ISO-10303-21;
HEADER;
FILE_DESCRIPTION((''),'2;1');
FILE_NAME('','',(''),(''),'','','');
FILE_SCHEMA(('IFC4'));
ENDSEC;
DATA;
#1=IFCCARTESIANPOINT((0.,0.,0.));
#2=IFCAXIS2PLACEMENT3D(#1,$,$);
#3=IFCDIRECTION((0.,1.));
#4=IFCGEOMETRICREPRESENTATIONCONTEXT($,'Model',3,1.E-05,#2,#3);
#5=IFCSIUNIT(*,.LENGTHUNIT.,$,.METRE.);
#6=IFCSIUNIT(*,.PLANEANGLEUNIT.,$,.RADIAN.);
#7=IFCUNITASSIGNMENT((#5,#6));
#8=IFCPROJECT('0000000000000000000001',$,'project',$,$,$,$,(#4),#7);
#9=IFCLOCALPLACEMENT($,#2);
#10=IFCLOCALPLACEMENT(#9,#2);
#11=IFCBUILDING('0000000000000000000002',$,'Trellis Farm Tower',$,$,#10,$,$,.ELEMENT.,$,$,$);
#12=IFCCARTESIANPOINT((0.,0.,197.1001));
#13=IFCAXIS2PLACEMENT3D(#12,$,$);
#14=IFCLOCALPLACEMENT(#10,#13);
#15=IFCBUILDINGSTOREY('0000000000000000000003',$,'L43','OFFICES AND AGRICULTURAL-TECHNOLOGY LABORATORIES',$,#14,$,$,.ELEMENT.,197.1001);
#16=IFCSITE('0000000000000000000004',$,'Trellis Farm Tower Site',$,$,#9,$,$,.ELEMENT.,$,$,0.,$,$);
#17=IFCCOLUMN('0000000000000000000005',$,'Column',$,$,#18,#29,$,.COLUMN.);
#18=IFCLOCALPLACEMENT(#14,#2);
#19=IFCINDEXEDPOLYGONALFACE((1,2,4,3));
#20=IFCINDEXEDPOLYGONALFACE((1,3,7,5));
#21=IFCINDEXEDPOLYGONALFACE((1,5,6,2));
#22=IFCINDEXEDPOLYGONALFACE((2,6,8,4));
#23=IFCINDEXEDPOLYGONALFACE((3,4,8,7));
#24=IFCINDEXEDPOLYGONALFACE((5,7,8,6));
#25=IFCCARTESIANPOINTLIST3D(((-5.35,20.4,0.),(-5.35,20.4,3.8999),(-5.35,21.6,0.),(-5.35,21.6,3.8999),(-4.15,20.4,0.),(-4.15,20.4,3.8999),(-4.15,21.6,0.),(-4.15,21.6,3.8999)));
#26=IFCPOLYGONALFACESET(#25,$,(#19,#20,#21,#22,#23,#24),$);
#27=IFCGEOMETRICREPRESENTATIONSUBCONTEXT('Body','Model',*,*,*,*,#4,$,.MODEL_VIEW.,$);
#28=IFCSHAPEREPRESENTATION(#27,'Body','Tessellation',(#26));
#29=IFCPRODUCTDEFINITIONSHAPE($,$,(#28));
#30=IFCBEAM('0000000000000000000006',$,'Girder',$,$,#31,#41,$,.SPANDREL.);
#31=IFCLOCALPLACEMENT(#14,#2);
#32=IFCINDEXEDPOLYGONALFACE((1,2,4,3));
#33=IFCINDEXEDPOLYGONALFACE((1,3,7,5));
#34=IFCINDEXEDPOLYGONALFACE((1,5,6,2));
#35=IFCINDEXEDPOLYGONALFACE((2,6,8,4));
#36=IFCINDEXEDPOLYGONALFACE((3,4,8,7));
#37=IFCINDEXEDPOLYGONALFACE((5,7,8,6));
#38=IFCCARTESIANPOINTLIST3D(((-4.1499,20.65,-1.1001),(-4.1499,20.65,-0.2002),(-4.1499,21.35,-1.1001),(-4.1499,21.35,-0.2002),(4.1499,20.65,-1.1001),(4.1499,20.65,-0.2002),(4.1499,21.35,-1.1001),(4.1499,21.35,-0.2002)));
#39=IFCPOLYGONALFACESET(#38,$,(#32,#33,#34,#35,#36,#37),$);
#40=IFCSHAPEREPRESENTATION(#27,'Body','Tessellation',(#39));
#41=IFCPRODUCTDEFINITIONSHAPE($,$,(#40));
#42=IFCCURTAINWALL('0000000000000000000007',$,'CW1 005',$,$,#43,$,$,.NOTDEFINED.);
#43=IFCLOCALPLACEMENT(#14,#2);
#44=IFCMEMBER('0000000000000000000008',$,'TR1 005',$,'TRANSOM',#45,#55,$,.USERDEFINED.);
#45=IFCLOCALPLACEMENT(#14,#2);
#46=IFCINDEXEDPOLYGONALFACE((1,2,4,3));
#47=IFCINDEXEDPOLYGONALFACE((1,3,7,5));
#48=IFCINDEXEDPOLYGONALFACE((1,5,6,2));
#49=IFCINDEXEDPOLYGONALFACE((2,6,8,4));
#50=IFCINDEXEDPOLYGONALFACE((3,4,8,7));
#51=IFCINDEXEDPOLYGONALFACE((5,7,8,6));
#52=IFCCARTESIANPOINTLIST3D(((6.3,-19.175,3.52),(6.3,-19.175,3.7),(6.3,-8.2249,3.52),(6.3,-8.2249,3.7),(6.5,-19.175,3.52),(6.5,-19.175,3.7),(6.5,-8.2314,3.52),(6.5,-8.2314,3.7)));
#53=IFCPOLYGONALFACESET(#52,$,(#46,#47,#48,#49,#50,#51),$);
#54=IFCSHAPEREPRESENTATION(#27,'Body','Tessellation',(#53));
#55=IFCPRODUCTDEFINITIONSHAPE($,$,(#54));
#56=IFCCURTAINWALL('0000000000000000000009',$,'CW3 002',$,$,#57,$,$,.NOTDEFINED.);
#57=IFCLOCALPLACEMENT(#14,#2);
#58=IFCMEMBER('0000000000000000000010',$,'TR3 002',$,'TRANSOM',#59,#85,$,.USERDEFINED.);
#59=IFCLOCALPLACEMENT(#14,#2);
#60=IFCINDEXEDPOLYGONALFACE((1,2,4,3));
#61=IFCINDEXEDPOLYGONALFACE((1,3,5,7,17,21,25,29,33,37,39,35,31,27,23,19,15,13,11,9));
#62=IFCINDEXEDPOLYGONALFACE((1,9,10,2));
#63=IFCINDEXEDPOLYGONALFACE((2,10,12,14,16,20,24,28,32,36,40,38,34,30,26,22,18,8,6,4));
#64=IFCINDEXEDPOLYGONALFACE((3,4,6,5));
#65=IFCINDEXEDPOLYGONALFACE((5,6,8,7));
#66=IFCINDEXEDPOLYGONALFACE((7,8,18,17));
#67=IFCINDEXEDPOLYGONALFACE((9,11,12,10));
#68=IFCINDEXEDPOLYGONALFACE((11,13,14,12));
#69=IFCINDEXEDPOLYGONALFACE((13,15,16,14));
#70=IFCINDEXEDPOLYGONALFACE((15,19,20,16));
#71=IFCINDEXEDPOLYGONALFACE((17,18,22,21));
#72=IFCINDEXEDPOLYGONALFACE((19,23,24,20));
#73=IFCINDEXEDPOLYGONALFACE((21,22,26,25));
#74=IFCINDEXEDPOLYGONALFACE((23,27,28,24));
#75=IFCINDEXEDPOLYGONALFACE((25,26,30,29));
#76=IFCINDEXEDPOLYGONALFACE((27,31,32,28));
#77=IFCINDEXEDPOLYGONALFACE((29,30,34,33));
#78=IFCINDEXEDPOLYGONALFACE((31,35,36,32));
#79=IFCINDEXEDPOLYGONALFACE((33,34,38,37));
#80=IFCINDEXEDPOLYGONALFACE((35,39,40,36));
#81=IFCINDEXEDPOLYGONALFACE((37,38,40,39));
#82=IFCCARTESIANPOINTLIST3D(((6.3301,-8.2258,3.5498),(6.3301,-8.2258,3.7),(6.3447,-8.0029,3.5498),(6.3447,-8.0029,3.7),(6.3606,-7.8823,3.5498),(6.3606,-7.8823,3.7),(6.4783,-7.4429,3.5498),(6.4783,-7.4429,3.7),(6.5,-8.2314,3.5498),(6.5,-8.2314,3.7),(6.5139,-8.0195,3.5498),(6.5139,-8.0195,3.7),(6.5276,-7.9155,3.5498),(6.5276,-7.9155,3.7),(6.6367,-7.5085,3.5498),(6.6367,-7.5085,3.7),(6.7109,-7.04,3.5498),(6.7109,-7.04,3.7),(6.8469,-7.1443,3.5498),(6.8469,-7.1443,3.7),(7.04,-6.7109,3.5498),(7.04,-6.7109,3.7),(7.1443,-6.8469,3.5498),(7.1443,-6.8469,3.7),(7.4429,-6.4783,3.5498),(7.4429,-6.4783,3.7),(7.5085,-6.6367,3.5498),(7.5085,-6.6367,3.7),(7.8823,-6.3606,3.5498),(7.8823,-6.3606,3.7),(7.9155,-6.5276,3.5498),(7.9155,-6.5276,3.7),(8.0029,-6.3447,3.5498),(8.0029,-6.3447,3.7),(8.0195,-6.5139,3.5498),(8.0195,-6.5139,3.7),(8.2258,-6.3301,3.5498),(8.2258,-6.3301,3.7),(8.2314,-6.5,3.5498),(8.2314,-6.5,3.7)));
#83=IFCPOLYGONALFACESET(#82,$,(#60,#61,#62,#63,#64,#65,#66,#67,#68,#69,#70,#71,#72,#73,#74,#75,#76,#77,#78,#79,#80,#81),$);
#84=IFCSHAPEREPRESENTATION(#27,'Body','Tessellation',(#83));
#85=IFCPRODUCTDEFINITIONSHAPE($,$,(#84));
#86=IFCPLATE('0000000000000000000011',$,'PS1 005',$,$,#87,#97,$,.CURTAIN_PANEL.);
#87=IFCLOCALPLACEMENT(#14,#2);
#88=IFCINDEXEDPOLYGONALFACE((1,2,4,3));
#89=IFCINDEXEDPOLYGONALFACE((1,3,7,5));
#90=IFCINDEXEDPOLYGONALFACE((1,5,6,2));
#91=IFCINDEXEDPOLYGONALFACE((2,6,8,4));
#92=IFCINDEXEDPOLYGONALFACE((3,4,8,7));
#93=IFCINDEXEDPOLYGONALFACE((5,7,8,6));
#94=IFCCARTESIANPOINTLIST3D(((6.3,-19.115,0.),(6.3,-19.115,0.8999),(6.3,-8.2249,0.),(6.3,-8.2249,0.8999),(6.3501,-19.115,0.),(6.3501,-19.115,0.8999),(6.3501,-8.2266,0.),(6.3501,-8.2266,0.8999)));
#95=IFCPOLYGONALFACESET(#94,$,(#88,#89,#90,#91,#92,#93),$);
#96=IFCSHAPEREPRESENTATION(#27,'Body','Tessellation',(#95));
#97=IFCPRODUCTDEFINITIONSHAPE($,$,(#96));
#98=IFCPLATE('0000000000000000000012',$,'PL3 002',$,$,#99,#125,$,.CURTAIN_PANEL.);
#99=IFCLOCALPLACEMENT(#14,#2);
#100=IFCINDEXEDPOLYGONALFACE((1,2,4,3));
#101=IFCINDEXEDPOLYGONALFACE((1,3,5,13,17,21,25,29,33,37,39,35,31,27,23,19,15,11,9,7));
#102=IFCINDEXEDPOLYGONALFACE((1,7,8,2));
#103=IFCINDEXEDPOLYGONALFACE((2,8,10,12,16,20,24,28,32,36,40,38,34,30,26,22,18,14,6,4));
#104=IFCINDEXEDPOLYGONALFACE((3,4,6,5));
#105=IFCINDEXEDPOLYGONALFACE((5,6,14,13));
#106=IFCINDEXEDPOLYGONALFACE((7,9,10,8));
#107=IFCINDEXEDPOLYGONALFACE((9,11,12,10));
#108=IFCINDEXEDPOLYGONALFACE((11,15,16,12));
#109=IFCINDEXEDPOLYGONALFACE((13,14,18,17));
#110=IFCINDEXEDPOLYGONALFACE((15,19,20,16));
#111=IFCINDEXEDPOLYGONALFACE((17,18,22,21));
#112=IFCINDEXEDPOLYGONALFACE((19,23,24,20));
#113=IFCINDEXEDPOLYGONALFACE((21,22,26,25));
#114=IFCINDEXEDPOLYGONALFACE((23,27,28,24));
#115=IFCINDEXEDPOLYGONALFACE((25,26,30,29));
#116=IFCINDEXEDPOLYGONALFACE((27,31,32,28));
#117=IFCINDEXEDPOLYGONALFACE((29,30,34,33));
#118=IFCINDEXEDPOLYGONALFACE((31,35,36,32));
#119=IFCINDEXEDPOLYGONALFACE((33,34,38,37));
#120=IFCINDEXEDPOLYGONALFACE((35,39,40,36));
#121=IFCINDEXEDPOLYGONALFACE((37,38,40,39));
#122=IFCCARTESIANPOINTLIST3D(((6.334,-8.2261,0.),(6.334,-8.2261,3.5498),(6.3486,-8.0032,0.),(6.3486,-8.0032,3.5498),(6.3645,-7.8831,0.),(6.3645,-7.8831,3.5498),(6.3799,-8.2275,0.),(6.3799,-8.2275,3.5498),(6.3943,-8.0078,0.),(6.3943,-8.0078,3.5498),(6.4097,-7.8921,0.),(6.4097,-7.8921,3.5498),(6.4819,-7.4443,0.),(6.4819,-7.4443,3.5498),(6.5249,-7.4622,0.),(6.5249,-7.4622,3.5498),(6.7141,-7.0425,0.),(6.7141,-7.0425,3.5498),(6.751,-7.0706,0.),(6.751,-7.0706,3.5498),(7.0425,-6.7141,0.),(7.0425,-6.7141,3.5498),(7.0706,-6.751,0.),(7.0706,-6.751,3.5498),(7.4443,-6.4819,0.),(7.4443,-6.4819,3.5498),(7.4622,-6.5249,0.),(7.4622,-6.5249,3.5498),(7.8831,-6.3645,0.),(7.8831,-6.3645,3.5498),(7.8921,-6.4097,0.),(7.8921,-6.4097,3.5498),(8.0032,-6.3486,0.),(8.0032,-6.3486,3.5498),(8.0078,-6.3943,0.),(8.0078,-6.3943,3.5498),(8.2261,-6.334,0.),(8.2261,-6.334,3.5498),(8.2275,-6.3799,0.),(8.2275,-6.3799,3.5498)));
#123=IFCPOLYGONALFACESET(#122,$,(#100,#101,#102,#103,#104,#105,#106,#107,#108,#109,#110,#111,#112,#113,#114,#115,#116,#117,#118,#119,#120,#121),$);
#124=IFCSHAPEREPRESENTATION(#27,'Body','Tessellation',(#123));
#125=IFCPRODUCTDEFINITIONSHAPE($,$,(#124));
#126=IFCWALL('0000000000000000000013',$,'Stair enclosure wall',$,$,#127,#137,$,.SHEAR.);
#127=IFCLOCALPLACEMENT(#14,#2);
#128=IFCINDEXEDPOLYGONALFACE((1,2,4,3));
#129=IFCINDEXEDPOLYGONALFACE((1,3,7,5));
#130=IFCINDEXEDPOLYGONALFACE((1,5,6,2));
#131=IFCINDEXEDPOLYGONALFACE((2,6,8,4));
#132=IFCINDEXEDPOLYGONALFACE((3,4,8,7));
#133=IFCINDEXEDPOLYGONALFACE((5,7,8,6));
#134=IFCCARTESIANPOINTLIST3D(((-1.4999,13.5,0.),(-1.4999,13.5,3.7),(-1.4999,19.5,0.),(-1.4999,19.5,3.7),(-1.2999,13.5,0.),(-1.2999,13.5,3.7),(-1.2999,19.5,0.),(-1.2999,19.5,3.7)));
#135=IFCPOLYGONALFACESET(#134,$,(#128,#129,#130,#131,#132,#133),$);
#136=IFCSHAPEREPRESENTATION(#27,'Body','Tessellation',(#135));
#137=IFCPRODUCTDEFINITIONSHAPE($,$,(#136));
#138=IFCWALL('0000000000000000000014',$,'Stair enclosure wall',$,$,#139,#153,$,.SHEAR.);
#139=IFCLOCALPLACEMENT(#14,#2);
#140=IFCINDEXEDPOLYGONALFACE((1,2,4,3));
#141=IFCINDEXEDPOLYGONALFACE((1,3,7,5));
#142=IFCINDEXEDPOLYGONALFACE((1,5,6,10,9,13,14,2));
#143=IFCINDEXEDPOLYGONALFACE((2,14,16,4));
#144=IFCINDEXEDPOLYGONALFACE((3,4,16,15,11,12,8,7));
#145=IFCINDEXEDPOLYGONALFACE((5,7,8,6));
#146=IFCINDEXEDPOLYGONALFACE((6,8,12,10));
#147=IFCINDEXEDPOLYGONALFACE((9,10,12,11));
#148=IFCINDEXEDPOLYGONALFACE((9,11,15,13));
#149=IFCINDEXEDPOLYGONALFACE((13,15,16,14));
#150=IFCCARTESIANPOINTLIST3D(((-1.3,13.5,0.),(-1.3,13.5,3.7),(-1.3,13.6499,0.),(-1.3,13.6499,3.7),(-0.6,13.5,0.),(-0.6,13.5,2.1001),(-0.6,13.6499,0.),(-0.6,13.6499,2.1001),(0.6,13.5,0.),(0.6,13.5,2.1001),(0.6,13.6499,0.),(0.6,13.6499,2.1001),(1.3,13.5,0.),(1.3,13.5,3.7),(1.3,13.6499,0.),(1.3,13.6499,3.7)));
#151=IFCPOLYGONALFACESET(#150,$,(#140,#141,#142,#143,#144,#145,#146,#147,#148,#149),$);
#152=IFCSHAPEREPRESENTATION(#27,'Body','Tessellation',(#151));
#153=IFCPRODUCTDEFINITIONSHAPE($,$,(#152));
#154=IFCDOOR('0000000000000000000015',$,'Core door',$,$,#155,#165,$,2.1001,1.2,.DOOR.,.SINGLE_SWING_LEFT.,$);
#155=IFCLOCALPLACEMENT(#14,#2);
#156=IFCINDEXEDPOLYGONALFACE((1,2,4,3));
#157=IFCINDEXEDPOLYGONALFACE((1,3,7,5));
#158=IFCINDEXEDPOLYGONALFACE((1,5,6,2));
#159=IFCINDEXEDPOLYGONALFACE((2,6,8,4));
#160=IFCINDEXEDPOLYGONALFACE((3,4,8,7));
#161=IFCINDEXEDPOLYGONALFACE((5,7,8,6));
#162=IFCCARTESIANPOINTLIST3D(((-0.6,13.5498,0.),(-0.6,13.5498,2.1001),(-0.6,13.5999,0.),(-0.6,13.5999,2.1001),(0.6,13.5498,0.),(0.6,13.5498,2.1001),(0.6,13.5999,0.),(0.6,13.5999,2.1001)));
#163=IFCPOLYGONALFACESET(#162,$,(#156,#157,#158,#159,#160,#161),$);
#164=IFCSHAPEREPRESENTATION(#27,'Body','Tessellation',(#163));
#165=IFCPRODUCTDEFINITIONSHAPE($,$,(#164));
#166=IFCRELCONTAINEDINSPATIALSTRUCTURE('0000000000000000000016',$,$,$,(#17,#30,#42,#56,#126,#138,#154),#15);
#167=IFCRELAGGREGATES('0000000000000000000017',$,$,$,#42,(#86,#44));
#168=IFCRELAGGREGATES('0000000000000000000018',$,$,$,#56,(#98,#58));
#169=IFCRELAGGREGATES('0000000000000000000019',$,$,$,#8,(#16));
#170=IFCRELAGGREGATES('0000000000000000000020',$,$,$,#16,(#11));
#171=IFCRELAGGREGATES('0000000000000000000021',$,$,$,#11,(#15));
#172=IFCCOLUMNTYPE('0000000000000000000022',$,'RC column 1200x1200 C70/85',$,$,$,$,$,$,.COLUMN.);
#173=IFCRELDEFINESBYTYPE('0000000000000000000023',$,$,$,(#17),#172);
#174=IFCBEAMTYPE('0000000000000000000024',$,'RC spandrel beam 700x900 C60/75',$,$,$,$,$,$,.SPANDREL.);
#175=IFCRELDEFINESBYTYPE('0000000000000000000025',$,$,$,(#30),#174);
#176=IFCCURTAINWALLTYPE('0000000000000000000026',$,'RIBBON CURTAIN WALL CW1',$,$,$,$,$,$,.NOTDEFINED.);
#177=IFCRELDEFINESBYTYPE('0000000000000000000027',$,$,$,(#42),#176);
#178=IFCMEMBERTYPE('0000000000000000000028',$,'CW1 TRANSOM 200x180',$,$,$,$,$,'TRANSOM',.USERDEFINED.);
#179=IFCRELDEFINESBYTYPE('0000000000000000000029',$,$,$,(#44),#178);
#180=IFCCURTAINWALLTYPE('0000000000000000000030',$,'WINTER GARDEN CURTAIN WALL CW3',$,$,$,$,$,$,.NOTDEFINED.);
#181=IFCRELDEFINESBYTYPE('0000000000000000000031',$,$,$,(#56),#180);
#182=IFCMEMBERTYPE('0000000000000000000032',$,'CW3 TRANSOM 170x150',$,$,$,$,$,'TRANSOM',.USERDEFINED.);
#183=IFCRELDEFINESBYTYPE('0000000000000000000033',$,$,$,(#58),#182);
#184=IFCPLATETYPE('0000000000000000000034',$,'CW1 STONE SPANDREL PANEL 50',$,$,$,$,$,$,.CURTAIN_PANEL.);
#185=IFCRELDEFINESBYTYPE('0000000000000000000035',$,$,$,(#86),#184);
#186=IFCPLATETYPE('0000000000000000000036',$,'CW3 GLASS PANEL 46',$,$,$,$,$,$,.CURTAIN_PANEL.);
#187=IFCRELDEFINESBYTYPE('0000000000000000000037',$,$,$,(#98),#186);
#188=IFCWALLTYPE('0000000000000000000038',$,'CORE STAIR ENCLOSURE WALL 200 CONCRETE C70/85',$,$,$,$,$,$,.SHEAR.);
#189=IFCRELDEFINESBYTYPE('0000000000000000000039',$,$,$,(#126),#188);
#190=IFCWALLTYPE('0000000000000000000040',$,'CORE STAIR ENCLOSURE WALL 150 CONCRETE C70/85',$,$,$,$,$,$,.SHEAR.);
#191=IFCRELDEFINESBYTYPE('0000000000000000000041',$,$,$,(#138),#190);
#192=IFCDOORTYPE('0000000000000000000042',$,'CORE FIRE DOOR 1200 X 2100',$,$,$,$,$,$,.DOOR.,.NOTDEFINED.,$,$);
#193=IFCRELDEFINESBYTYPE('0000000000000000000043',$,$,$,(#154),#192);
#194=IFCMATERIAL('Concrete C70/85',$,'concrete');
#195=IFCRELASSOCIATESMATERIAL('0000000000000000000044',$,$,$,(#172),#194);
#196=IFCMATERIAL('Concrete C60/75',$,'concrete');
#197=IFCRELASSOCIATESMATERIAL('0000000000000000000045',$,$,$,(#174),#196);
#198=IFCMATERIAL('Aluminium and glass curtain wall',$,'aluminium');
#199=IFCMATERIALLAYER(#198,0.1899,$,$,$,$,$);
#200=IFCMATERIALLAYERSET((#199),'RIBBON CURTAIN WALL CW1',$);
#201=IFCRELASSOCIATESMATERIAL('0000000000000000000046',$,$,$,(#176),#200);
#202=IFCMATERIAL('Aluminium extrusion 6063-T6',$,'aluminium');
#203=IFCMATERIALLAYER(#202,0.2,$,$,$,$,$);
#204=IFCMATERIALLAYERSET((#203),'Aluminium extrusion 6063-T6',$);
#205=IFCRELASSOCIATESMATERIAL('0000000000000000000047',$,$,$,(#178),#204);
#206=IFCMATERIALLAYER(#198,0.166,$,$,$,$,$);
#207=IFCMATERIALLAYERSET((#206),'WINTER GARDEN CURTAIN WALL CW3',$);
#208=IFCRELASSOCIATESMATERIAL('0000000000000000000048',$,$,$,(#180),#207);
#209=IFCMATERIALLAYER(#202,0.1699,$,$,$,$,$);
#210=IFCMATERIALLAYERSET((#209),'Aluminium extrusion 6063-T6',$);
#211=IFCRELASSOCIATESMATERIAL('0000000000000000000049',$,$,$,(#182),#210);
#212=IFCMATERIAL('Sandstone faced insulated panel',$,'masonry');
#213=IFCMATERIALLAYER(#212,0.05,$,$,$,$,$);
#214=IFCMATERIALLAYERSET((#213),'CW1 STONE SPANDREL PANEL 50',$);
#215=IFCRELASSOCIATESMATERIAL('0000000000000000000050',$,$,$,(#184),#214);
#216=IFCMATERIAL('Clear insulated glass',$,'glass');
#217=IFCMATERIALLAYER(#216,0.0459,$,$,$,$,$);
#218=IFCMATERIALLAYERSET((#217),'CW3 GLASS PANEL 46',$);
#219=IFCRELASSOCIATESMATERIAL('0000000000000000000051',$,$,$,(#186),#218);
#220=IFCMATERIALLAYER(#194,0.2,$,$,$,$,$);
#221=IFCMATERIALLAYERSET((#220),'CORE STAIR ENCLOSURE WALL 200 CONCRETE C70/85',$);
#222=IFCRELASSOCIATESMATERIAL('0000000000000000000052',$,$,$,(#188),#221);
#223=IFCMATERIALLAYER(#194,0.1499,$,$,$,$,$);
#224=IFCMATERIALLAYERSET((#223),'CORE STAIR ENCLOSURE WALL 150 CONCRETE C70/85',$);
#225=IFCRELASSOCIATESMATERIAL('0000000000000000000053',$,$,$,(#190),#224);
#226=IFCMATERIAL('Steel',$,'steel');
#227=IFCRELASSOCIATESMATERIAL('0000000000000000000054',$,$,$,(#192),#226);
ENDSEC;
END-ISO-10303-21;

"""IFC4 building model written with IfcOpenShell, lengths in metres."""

from ifc_helpers import new_model, si_unit, direction, frame, frame_2d, origin, origin_2d, place, context, subcontext, project, spatial, polyline, rectangle, outline, extrude, source, transform, mapped, material, layer, layer_set, material_profile, profile_set, type_object, element, fill, aggregate, save


model = new_model("IFC4")

# Units and contexts
model_context = context("Model", 3, precision=1e-05, world=origin(), true_north=direction((0.0, 1.0)))
body_context = subcontext(model_context, "Body", "Model", "MODEL_VIEW")
ifc_project = project(units=[si_unit("LENGTHUNIT", "METRE"), si_unit("PLANEANGLEUNIT", "RADIAN")], contexts=[model_context])

# Site, building, storey
site_placement = place(None, origin())
site = spatial("IfcSite", under=ifc_project, at=site_placement, Name="Trellis Farm Tower Site", CompositionType="ELEMENT", RefElevation=0.0)
building_placement = place(site_placement, origin())
building = spatial("IfcBuilding", under=site, at=building_placement, Name="Trellis Farm Tower", CompositionType="ELEMENT")
storey_placement = place(building_placement, frame((0.0, 0.0, 197.1001)))
storey = spatial("IfcBuildingStorey", under=building, at=storey_placement, Name="L43", Description="OFFICES AND AGRICULTURAL-TECHNOLOGY LABORATORIES", CompositionType="ELEMENT", Elevation=197.1001)

# Column
ifc_material_1 = material(Name="Concrete C70/85", Category="concrete")
ifc_material_profile_1 = material_profile(ifc_material_1, rectangle(XDim=1.2, YDim=1.2, at=origin_2d()), Name="RC column 1200x1200 C70/85")
ifc_profile_set_1 = profile_set([ifc_material_profile_1], Name="Concrete C70/85")
column_type = type_object("IfcColumnType", Name="RC column 1200x1200 C70/85", PredefinedType="COLUMN", material=ifc_profile_set_1)
shared_shape_1 = source(origin(), body_context, "Body", "SweptSolid", [
    extrude(rectangle(XDim=1.2, YDim=1.2, at=origin_2d()), origin(), (0.0, 0.0, 1.0), 3.8999),
])
column_placement = place(storey_placement, frame((-4.75, 21.0, 0.0), z_axis=(0.0, 0.0, 1.0), x_axis=(1.0, 0.0, 0.0)))
element("IfcColumn", 1, at=column_placement, inside=storey, type_object=column_type, Name="Column", PredefinedType="COLUMN", context=body_context, shape_type="MappedRepresentation", body=[
    mapped(shared_shape_1, transform((0.0, 0.0, 0.0))),
])

# Beam
ifc_material_2 = material(Name="Concrete C60/75", Category="concrete")
ifc_material_profile_2 = material_profile(ifc_material_2, rectangle(XDim=0.7, YDim=0.8999, at=origin_2d()), Name="RC spandrel beam 700x900 C60/75")
ifc_profile_set_2 = profile_set([ifc_material_profile_2], Name="Concrete C60/75")
beam_type = type_object("IfcBeamType", Name="RC spandrel beam 700x900 C60/75", PredefinedType="SPANDREL", material=ifc_profile_set_2)
shared_shape_2 = source(origin(), body_context, "Body", "SweptSolid", [
    extrude(rectangle(XDim=0.7, YDim=0.8999, at=origin_2d()), origin(), (0.0, 0.0, 1.0), 8.2998),
])
beam_placement = place(storey_placement, frame((-4.1499, 21.0, -0.6501), z_axis=(1.0, 0.0, 0.0), x_axis=(0.0, 1.0, 0.0)))
element("IfcBeam", 2, at=beam_placement, inside=storey, type_object=beam_type, Name="Girder", PredefinedType="SPANDREL", context=body_context, shape_type="MappedRepresentation", body=[
    mapped(shared_shape_2, transform((0.0, 0.0, 0.0))),
])

# Curtain walls, members
ifc_material_3 = material(Name="Aluminium and glass curtain wall", Category="aluminium")
ifc_layer_1 = layer(ifc_material_3, 0.1899)
ifc_layer_set_1 = layer_set([ifc_layer_1], Name="RIBBON CURTAIN WALL CW1")
curtain_wall_type_1 = type_object("IfcCurtainWallType", Name="RIBBON CURTAIN WALL CW1", PredefinedType="NOTDEFINED", material=ifc_layer_set_1)
placement = place(storey_placement, origin())
curtain_wall_1 = element("IfcCurtainWall", 3, at=placement, inside=storey, type_object=curtain_wall_type_1, Name="CW1 005", PredefinedType="NOTDEFINED")
ifc_material_4 = material(Name="Aluminium extrusion 6063-T6", Category="aluminium")
ifc_layer_2 = layer(ifc_material_4, 0.2)
ifc_layer_set_2 = layer_set([ifc_layer_2], Name="Aluminium extrusion 6063-T6")
member_type_1 = type_object("IfcMemberType", Name="CW1 TRANSOM 200x180", ElementType="TRANSOM", PredefinedType="USERDEFINED", material=ifc_layer_set_2)
shared_shape_3 = source(origin(), body_context, "Body", "SweptSolid", [
    extrude(outline(polyline([(6.5, -19.175), (6.5, -8.2314), (6.3, -8.2249), (6.3, -19.175), (6.5, -19.175)])), origin(), (0.0, 0.0, 1.0), 0.1799),
])
member_1_placement = place(storey_placement, frame((0.0, 0.0, 3.52)))
member_1 = element("IfcMember", 4, at=member_1_placement, type_object=member_type_1, Name="TR1 005", ObjectType="TRANSOM", PredefinedType="USERDEFINED", context=body_context, shape_type="MappedRepresentation", body=[
    mapped(shared_shape_3, transform((0.0, 0.0, 0.0))),
])
ifc_layer_3 = layer(ifc_material_3, 0.166)
ifc_layer_set_3 = layer_set([ifc_layer_3], Name="WINTER GARDEN CURTAIN WALL CW3")
curtain_wall_type_2 = type_object("IfcCurtainWallType", Name="WINTER GARDEN CURTAIN WALL CW3", PredefinedType="NOTDEFINED", material=ifc_layer_set_3)
curtain_wall_2 = element("IfcCurtainWall", 5, at=placement, inside=storey, type_object=curtain_wall_type_2, Name="CW3 002", PredefinedType="NOTDEFINED")
ifc_layer_4 = layer(ifc_material_4, 0.1699)
ifc_layer_set_4 = layer_set([ifc_layer_4], Name="Aluminium extrusion 6063-T6")
member_type_2 = type_object("IfcMemberType", Name="CW3 TRANSOM 170x150", ElementType="TRANSOM", PredefinedType="USERDEFINED", material=ifc_layer_set_4)
shared_shape_4 = source(origin(), body_context, "Body", "SweptSolid", [
    extrude(outline(polyline([(6.5, -8.2314), (6.5139, -8.0195), (6.5276, -7.9155), (6.6367, -7.5085), (6.8469, -7.1443), (7.1443, -6.8469), (7.5085, -6.6367), (7.9155, -6.5276), (8.0195, -6.5139), (8.2314, -6.5), (8.2258, -6.3301), (8.0029, -6.3447), (7.8823, -6.3606), (7.4429, -6.4783), (7.04, -6.7109), (6.7109, -7.04), (6.4783, -7.4429), (6.3606, -7.8823), (6.3447, -8.0029), (6.3301, -8.2258), (6.5, -8.2314)])), origin(), (0.0, 0.0, 1.0), 0.1501),
])
member_2_placement = place(storey_placement, frame((0.0, 0.0, 3.5498)))
member_2 = element("IfcMember", 6, at=member_2_placement, type_object=member_type_2, Name="TR3 002", ObjectType="TRANSOM", PredefinedType="USERDEFINED", context=body_context, shape_type="MappedRepresentation", body=[
    mapped(shared_shape_4, transform((0.0, 0.0, 0.0))),
])

# Plates
ifc_material_5 = material(Name="Sandstone faced insulated panel", Category="masonry")
ifc_layer_5 = layer(ifc_material_5, 0.05)
ifc_layer_set_5 = layer_set([ifc_layer_5], Name="CW1 STONE SPANDREL PANEL 50")
plate_type_1 = type_object("IfcPlateType", Name="CW1 STONE SPANDREL PANEL 50", PredefinedType="CURTAIN_PANEL", material=ifc_layer_set_5)
shared_shape_5 = source(origin(), body_context, "Body", "SweptSolid", [
    extrude(outline(polyline([(6.3501, -19.115), (6.3501, -8.2266), (6.3, -8.2249), (6.3, -19.115), (6.3501, -19.115)])), origin(), (0.0, 0.0, 1.0), 0.8999),
])
plate_1 = element("IfcPlate", 7, at=placement, type_object=plate_type_1, Name="PS1 005", PredefinedType="CURTAIN_PANEL", context=body_context, shape_type="MappedRepresentation", body=[
    mapped(shared_shape_5, transform((0.0, 0.0, 0.0))),
])
aggregate(curtain_wall_1, [plate_1, member_1])
ifc_material_6 = material(Name="Clear insulated glass", Category="glass")
ifc_layer_6 = layer(ifc_material_6, 0.0459)
ifc_layer_set_6 = layer_set([ifc_layer_6], Name="CW3 GLASS PANEL 46")
plate_type_2 = type_object("IfcPlateType", Name="CW3 GLASS PANEL 46", PredefinedType="CURTAIN_PANEL", material=ifc_layer_set_6)
shared_shape_6 = source(origin(), body_context, "Body", "SweptSolid", [
    extrude(outline(polyline([(6.3799, -8.2275), (6.3943, -8.0078), (6.4097, -7.8921), (6.5249, -7.4622), (6.751, -7.0706), (7.0706, -6.751), (7.4622, -6.5249), (7.8921, -6.4097), (8.0078, -6.3943), (8.2275, -6.3799), (8.2261, -6.334), (8.0032, -6.3486), (7.8831, -6.3645), (7.4443, -6.4819), (7.0425, -6.7141), (6.7141, -7.0425), (6.4819, -7.4443), (6.3645, -7.8831), (6.3486, -8.0032), (6.334, -8.2261), (6.3799, -8.2275)])), origin(), (0.0, 0.0, 1.0), 3.5498),
])
plate_2 = element("IfcPlate", 8, at=placement, type_object=plate_type_2, Name="PL3 002", PredefinedType="CURTAIN_PANEL", context=body_context, shape_type="MappedRepresentation", body=[
    mapped(shared_shape_6, transform((0.0, 0.0, 0.0))),
])
aggregate(curtain_wall_2, [plate_2, member_2])

# Wall
ifc_layer_7 = layer(ifc_material_1, 0.2)
ifc_layer_set_7 = layer_set([ifc_layer_7], Name="CORE STAIR ENCLOSURE WALL 200 CONCRETE C70/85")
wall_type_1 = type_object("IfcWallType", Name="CORE STAIR ENCLOSURE WALL 200 CONCRETE C70/85", PredefinedType="SHEAR", material=ifc_layer_set_7)
shared_shape_7 = source(origin(), body_context, "Body", "SweptSolid", [
    extrude(rectangle(XDim=6.0, YDim=0.2, at=frame_2d((3.0, 0.0))), origin(), (0.0, 0.0, 1.0), 3.7),
])
wall_1_placement = place(storey_placement, frame((-1.3999, 13.5, 0.0), z_axis=(0.0, 0.0, 1.0), x_axis=(0.0, 1.0, 0.0)))
element("IfcWall", 9, at=wall_1_placement, inside=storey, type_object=wall_type_1, Name="Stair enclosure wall", PredefinedType="SHEAR", context=body_context, shape_type="MappedRepresentation", body=[
    mapped(shared_shape_7, transform((0.0, 0.0, 0.0))),
])

# Wall, opening, door
ifc_layer_8 = layer(ifc_material_1, 0.1499)
ifc_layer_set_8 = layer_set([ifc_layer_8], Name="CORE STAIR ENCLOSURE WALL 150 CONCRETE C70/85")
wall_type_2 = type_object("IfcWallType", Name="CORE STAIR ENCLOSURE WALL 150 CONCRETE C70/85", PredefinedType="SHEAR", material=ifc_layer_set_8)
shared_shape_8 = source(origin(), body_context, "Body", "SweptSolid", [
    extrude(rectangle(XDim=2.6001, YDim=0.1499, at=frame_2d((1.3, 0.0))), origin(), (0.0, 0.0, 1.0), 3.7),
])
wall_2_placement = place(storey_placement, frame((-1.3, 13.575, 0.0), z_axis=(0.0, 0.0, 1.0), x_axis=(1.0, 0.0, 0.0)))
wall_2 = element("IfcWall", 10, at=wall_2_placement, inside=storey, type_object=wall_type_2, Name="Stair enclosure wall", PredefinedType="SHEAR", context=body_context, shape_type="MappedRepresentation", body=[
    mapped(shared_shape_8, transform((0.0, 0.0, 0.0))),
])
shared_shape_9 = source(origin(), body_context, "Body", "SweptSolid", [
    extrude(rectangle(XDim=1.2, YDim=2.1001, at=frame_2d((0.6001, 1.05))), frame((0.0, 0.085, 0.0), z_axis=(0.0, -1.0, 0.0), x_axis=(1.0, 0.0, 0.0)), (0.0, 0.0, 1.0), 0.1699),
])
opening_1_placement = place(wall_2_placement, frame((0.7, 0.0, 0.0)))
opening_1 = element("IfcOpeningElement", 11, at=opening_1_placement, cuts=wall_2, PredefinedType="OPENING", context=body_context, shape_type="MappedRepresentation", body=[
    mapped(shared_shape_9, transform((0.0, 0.0, 0.0))),
])
ifc_material_7 = material(Name="Steel", Category="steel")
door_type_1 = type_object("IfcDoorType", Name="CORE FIRE DOOR 1200 X 2100", OperationType="NOTDEFINED", PredefinedType="DOOR", material=ifc_material_7)
shared_shape_10 = source(origin(), body_context, "Body", "SweptSolid", [
    extrude(rectangle(XDim=1.2, YDim=2.1001, at=frame_2d((0.6001, 1.05))), frame((0.0, 0.0249, 0.0), z_axis=(0.0, -1.0, 0.0), x_axis=(1.0, 0.0, 0.0)), (0.0, 0.0, 1.0), 0.05),
])
door_1_placement = place(opening_1_placement, origin())
door_1 = element("IfcDoor", 12, at=door_1_placement, inside=storey, type_object=door_type_1, Name="Core door", OperationType="SINGLE_SWING_LEFT", OverallHeight=2.1001, OverallWidth=1.2, PredefinedType="DOOR", context=body_context, shape_type="MappedRepresentation", body=[
    mapped(shared_shape_10, transform((0.0, 0.0, 0.0))),
])
fill(opening_1, door_1)

save(model, "model.ifc")
